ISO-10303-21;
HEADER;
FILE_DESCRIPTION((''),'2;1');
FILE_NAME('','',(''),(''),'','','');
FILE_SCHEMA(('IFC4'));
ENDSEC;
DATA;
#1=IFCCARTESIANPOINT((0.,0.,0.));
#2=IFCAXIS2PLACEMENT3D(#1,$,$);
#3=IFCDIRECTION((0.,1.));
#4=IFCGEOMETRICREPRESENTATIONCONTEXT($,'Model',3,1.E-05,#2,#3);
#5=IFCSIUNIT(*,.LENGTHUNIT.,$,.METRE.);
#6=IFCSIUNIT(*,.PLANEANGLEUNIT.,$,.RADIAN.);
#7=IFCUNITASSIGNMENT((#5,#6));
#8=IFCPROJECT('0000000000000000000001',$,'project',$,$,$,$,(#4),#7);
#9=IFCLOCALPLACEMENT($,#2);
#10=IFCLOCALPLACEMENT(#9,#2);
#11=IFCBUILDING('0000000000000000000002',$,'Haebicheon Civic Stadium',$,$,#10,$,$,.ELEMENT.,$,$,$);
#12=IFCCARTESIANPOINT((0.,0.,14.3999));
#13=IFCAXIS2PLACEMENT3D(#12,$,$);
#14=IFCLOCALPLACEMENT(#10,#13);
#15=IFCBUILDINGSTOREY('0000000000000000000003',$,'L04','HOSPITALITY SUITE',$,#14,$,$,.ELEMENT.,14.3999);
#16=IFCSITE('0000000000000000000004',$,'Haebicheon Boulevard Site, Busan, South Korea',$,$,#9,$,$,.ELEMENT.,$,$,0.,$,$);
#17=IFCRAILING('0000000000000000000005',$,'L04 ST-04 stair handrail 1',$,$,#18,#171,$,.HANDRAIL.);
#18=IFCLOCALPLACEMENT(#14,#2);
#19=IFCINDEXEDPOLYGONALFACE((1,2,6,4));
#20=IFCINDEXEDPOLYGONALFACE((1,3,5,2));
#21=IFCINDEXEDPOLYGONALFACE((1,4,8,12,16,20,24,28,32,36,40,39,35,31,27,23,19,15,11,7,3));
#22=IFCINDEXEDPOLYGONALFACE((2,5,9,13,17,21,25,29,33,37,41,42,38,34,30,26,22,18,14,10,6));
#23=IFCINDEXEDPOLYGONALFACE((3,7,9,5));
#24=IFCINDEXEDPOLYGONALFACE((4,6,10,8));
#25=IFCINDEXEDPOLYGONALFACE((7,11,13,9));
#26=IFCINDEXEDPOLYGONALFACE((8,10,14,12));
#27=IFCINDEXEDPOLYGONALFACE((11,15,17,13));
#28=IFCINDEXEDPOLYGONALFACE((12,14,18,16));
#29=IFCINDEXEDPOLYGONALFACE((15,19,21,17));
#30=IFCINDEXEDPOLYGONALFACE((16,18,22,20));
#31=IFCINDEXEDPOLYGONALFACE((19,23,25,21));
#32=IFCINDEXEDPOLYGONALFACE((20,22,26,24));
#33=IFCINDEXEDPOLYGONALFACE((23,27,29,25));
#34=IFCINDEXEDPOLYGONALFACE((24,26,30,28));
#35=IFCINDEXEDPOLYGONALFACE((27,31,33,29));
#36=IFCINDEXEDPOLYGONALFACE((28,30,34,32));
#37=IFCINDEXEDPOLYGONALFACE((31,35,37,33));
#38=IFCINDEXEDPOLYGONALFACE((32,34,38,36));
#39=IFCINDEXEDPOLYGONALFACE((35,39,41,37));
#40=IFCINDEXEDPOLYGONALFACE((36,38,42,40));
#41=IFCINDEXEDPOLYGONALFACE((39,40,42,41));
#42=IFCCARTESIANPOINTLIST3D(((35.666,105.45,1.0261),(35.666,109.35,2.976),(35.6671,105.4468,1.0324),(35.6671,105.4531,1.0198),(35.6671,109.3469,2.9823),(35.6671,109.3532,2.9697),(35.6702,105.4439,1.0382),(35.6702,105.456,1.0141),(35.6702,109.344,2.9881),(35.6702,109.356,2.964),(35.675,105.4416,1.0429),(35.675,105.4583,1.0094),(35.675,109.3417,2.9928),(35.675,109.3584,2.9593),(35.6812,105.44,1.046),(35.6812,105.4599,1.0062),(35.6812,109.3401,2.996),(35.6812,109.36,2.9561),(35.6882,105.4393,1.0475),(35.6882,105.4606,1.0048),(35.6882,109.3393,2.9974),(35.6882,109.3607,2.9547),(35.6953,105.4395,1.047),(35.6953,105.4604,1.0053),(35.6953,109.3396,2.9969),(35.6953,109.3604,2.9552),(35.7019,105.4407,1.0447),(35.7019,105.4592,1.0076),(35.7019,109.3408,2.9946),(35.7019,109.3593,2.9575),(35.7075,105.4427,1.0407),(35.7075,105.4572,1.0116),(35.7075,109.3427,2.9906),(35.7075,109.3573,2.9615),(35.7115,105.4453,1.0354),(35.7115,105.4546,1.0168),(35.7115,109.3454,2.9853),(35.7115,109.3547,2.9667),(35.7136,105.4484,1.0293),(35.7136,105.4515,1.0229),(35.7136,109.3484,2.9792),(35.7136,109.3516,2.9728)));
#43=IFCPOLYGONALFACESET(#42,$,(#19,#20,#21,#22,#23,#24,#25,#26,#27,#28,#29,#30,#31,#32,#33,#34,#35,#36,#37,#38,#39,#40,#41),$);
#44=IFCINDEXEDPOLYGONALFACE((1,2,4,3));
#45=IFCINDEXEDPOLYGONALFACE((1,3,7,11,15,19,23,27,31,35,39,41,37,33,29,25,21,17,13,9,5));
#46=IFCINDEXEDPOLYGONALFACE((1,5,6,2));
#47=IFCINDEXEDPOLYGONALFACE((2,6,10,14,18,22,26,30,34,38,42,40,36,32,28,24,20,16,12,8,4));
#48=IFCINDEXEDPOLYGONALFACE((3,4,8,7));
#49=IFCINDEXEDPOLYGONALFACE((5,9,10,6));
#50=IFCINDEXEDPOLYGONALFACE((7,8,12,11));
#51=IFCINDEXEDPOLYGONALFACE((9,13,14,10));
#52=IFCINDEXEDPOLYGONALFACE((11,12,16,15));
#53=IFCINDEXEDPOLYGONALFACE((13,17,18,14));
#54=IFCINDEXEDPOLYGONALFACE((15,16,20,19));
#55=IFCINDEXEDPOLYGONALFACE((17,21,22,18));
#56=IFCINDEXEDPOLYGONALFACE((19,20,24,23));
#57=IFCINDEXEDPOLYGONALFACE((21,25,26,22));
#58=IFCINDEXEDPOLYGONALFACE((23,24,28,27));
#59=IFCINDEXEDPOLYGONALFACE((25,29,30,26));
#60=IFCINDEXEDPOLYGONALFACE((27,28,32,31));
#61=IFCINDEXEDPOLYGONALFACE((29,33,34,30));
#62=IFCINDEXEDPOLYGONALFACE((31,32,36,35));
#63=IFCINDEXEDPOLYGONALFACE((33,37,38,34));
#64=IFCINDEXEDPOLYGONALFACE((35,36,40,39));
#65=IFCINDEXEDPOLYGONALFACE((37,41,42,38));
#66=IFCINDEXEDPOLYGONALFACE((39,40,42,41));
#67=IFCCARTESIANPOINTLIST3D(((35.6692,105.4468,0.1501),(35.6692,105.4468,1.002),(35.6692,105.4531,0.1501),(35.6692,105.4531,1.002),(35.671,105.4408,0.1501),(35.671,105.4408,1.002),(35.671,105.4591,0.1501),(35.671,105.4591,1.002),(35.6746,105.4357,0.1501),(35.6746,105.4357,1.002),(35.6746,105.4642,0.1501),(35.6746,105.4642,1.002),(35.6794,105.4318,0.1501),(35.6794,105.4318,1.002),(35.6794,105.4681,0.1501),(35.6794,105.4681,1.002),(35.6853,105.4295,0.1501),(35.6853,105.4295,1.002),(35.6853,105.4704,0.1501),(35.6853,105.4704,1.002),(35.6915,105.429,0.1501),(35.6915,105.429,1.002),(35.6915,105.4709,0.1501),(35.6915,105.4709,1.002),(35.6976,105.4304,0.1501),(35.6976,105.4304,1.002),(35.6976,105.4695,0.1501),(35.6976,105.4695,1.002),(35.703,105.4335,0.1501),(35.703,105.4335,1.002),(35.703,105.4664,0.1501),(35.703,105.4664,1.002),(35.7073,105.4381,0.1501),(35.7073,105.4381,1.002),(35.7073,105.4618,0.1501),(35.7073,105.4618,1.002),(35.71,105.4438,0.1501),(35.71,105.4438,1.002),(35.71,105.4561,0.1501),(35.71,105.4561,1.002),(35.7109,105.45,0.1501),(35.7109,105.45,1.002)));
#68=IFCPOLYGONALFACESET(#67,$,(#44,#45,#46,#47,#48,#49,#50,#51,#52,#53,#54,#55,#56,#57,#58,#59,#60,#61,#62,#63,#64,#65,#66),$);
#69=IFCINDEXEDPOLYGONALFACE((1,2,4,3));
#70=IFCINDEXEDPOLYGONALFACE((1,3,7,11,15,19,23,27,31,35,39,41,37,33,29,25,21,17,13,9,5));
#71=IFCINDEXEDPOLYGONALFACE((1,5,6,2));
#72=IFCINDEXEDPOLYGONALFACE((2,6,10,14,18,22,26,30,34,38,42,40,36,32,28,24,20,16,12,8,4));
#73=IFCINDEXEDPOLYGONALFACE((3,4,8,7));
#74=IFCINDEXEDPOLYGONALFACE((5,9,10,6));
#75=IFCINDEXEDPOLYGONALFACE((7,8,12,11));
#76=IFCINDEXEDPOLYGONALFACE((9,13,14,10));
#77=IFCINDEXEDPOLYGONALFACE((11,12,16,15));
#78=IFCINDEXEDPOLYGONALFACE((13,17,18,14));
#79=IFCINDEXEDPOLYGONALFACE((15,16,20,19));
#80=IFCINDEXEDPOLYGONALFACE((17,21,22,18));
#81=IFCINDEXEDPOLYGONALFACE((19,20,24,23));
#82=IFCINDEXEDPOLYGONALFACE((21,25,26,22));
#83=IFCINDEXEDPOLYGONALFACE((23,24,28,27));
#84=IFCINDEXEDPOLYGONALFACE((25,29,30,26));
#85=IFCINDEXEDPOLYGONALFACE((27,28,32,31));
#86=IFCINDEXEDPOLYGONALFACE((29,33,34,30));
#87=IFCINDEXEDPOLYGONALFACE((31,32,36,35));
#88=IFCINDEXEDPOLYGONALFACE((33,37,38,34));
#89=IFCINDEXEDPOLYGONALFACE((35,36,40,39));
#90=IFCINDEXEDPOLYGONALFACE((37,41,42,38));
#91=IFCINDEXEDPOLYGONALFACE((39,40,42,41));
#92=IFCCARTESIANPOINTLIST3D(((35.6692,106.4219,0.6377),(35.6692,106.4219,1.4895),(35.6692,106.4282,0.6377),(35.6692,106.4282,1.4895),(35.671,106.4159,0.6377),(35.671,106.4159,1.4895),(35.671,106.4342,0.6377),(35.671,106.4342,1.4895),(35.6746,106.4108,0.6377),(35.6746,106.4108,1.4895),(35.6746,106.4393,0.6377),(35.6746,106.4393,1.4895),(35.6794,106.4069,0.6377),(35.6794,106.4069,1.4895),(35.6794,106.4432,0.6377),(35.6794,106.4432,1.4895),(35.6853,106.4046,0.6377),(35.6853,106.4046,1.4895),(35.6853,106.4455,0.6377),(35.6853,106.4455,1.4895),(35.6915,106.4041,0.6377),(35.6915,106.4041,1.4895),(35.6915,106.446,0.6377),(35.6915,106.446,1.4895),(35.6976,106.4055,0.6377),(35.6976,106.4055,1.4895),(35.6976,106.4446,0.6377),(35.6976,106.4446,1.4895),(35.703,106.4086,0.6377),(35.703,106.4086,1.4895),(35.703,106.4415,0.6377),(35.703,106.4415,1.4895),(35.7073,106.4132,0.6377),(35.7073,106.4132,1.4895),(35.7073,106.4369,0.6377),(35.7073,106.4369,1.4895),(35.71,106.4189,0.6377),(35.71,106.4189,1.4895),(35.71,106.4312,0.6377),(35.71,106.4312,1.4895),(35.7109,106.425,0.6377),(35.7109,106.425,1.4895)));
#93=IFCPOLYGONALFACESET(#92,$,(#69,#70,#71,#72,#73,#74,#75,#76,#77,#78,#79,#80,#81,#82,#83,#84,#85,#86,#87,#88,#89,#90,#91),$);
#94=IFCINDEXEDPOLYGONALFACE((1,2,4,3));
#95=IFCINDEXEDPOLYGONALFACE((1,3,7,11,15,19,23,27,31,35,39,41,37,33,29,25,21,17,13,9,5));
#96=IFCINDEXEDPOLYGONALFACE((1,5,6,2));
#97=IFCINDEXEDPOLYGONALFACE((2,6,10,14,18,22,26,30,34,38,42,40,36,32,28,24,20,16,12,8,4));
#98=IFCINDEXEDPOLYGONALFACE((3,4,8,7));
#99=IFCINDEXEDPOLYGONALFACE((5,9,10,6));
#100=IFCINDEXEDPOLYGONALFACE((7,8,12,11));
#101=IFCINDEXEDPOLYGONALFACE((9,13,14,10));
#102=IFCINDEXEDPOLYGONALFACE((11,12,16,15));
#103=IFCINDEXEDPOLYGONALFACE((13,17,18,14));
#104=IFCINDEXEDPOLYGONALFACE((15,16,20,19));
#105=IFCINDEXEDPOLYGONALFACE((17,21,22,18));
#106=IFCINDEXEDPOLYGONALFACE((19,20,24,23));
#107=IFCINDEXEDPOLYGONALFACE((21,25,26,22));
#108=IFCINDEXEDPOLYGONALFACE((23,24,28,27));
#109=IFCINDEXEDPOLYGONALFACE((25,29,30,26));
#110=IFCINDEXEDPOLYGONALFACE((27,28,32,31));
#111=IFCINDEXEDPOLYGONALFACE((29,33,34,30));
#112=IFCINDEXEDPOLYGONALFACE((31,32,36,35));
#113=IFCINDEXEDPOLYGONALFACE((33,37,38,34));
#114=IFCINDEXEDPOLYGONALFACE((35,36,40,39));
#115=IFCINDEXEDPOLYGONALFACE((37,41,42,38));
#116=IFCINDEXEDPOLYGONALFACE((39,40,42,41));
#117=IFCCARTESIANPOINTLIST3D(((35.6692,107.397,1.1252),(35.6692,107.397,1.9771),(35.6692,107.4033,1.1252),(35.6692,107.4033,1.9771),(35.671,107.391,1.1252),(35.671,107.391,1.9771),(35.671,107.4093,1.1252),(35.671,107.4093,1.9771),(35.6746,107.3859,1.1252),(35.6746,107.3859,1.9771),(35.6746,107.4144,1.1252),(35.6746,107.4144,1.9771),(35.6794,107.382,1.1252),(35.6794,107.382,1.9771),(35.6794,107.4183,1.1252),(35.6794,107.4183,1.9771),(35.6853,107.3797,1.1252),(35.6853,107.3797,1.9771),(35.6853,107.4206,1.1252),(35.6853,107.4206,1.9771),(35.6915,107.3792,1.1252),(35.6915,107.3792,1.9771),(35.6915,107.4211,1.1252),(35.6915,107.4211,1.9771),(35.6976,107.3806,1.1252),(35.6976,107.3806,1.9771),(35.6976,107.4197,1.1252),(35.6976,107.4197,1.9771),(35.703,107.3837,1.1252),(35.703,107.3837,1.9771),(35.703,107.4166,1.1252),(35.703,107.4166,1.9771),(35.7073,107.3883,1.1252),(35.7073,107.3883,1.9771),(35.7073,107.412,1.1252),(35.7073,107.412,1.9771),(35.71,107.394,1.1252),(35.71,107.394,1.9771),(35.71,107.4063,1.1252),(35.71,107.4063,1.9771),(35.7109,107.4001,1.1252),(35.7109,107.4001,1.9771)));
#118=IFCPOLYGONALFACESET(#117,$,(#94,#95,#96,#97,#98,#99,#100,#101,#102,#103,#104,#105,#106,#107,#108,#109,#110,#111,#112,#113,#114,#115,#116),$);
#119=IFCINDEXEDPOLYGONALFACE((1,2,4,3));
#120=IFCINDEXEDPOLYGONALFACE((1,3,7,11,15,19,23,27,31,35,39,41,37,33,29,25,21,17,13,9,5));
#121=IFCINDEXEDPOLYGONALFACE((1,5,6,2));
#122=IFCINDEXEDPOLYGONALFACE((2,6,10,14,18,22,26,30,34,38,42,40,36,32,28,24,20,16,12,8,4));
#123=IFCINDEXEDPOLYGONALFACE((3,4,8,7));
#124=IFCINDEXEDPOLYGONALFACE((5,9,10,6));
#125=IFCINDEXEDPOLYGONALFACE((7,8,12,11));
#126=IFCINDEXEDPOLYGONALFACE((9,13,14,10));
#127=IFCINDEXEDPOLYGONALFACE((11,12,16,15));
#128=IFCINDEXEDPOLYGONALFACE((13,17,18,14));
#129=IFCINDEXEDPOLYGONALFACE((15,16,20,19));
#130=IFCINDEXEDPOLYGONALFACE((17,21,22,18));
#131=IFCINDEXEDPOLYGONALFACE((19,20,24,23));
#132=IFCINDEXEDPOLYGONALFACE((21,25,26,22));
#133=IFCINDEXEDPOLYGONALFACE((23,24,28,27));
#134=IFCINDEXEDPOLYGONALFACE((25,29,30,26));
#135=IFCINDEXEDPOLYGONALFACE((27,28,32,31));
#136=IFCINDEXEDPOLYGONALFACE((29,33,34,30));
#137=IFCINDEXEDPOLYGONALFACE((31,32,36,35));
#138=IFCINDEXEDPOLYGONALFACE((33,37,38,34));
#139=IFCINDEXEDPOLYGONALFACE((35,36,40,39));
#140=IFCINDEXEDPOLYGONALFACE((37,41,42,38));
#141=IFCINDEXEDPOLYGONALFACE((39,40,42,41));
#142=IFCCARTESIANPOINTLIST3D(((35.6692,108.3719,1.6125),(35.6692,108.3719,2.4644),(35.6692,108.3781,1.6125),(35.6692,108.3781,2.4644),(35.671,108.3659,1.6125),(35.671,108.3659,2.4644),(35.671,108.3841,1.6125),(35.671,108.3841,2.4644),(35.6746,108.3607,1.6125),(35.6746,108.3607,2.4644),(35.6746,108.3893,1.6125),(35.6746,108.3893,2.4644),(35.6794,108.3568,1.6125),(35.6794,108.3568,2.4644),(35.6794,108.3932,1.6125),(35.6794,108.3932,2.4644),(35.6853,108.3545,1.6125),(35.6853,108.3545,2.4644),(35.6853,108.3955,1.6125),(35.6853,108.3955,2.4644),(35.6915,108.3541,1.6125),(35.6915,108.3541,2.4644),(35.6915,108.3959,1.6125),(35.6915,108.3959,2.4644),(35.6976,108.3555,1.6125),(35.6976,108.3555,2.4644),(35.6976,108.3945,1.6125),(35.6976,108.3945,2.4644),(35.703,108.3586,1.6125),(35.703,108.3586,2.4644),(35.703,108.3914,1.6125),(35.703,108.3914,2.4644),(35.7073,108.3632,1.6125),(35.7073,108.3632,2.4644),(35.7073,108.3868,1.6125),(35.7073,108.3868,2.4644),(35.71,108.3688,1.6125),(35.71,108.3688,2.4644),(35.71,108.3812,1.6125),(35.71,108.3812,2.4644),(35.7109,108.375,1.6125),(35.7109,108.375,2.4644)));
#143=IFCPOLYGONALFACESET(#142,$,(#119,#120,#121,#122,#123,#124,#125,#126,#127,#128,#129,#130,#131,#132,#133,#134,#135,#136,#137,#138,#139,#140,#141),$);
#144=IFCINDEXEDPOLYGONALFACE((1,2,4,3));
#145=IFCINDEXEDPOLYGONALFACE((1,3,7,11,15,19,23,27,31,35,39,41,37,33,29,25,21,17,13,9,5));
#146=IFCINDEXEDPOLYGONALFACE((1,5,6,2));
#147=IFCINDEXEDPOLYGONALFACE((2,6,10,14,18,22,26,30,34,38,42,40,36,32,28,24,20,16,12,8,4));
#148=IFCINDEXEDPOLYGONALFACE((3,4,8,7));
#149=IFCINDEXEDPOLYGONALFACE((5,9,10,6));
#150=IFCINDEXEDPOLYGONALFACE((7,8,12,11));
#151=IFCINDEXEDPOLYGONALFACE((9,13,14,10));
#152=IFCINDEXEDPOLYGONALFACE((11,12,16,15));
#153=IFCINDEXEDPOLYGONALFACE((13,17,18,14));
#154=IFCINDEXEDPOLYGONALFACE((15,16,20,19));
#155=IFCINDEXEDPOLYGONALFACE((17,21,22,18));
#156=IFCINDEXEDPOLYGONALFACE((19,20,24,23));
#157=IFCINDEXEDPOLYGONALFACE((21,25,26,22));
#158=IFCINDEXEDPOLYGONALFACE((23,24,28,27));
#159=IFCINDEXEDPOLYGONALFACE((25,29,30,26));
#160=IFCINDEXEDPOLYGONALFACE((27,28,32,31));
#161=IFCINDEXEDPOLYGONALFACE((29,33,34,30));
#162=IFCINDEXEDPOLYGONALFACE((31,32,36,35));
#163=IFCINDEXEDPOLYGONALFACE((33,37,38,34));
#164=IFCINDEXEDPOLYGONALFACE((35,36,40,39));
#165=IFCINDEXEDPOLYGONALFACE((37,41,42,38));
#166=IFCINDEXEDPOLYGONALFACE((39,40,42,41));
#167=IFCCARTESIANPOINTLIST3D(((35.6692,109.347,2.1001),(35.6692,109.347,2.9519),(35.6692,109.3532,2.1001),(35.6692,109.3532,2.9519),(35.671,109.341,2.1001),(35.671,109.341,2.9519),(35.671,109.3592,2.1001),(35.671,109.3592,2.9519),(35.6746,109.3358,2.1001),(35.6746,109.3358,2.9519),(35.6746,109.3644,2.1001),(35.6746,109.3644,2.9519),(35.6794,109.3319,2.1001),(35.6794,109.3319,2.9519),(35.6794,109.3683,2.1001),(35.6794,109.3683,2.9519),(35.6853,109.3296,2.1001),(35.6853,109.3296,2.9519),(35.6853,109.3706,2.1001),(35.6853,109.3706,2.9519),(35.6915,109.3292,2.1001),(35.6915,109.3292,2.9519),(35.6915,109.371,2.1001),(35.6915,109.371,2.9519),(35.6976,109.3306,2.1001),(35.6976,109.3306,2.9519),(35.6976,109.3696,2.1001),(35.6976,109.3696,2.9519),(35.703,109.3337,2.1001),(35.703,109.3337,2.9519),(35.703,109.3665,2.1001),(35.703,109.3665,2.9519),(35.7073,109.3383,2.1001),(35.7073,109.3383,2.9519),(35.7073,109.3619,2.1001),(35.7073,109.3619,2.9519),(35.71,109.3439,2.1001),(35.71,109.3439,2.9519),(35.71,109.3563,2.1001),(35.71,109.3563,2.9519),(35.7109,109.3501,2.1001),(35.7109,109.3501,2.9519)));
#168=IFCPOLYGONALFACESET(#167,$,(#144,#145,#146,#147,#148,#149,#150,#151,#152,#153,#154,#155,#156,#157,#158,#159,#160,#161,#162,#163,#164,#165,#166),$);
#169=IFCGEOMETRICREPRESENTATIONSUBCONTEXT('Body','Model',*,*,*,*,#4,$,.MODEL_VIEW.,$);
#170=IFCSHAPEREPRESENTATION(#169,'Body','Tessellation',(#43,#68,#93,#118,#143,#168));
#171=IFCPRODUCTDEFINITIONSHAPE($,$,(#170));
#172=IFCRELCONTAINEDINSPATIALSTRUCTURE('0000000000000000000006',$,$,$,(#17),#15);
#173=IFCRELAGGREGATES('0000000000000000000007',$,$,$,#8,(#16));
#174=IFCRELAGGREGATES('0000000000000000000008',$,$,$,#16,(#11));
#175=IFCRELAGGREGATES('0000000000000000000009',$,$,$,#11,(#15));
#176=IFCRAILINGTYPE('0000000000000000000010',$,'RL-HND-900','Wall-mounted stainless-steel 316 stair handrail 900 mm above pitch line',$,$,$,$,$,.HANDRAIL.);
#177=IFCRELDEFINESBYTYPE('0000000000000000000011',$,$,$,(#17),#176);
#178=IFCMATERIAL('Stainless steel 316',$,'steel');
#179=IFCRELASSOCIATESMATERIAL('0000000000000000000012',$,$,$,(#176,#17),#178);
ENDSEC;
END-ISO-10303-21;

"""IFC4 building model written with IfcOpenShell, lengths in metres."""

from ifc_helpers import new_model, si_unit, direction, frame, origin, origin_2d, place, context, subcontext, project, spatial, circle, extrude, material, type_object, element, save


model = new_model("IFC4")

# Units and contexts
model_context = context("Model", 3, precision=1e-05, world=origin(), true_north=direction((0.0, 1.0)))
body_context = subcontext(model_context, "Body", "Model", "MODEL_VIEW")
ifc_project = project(units=[si_unit("LENGTHUNIT", "METRE"), si_unit("PLANEANGLEUNIT", "RADIAN")], contexts=[model_context])

# Site, building, storey
site_placement = place(None, origin())
site = spatial("IfcSite", under=ifc_project, at=site_placement, Name="Haebicheon Boulevard Site, Busan, South Korea", CompositionType="ELEMENT", RefElevation=0.0)
building_placement = place(site_placement, origin())
building = spatial("IfcBuilding", under=site, at=building_placement, Name="Haebicheon Civic Stadium", CompositionType="ELEMENT")
storey_placement = place(building_placement, frame((0.0, 0.0, 14.3999)))
storey = spatial("IfcBuildingStorey", under=building, at=storey_placement, Name="L04", Description="HOSPITALITY SUITE", CompositionType="ELEMENT", Elevation=14.3999)

# Railing
ifc_material_1 = material(Name="Stainless steel 316", Category="steel")
railing_type_1 = type_object("IfcRailingType", Name="RL-HND-900", Description="Wall-mounted stainless-steel 316 stair handrail 900 mm above pitch line", PredefinedType="HANDRAIL", material=ifc_material_1)
railing_1_placement = place(storey_placement, frame((35.6899, 105.45, 0.1501)))
element("IfcRailing", 1, at=railing_1_placement, inside=storey, type_object=railing_type_1, material=ifc_material_1, Name="L04 ST-04 stair handrail 1", PredefinedType="HANDRAIL", context=body_context, shape_type="SweptSolid", body=[
    extrude(circle(Radius=0.0239, at=origin_2d()), frame((0.0, 0.0, 0.876), z_axis=(0.0, 0.894438, 0.447191), x_axis=(-1.0, 0.0, 0.0)), (0.0, 0.0, 1.0), 4.3604),
    extrude(circle(Radius=0.021, at=origin_2d()), origin(), (0.0, 0.0, 1.0), 0.8518),
    extrude(circle(Radius=0.021, at=origin_2d()), frame((0.0, 0.9751, 0.4875)), (0.0, 0.0, 1.0), 0.8518),
    extrude(circle(Radius=0.021, at=origin_2d()), frame((0.0, 1.9502, 0.9751)), (0.0, 0.0, 1.0), 0.8518),
    extrude(circle(Radius=0.021, at=origin_2d()), frame((0.0, 2.925, 1.4624)), (0.0, 0.0, 1.0), 0.8518),
    extrude(circle(Radius=0.021, at=origin_2d()), frame((0.0, 3.9001, 1.95)), (0.0, 0.0, 1.0), 0.8518),
])

save(model, "model.ifc")
